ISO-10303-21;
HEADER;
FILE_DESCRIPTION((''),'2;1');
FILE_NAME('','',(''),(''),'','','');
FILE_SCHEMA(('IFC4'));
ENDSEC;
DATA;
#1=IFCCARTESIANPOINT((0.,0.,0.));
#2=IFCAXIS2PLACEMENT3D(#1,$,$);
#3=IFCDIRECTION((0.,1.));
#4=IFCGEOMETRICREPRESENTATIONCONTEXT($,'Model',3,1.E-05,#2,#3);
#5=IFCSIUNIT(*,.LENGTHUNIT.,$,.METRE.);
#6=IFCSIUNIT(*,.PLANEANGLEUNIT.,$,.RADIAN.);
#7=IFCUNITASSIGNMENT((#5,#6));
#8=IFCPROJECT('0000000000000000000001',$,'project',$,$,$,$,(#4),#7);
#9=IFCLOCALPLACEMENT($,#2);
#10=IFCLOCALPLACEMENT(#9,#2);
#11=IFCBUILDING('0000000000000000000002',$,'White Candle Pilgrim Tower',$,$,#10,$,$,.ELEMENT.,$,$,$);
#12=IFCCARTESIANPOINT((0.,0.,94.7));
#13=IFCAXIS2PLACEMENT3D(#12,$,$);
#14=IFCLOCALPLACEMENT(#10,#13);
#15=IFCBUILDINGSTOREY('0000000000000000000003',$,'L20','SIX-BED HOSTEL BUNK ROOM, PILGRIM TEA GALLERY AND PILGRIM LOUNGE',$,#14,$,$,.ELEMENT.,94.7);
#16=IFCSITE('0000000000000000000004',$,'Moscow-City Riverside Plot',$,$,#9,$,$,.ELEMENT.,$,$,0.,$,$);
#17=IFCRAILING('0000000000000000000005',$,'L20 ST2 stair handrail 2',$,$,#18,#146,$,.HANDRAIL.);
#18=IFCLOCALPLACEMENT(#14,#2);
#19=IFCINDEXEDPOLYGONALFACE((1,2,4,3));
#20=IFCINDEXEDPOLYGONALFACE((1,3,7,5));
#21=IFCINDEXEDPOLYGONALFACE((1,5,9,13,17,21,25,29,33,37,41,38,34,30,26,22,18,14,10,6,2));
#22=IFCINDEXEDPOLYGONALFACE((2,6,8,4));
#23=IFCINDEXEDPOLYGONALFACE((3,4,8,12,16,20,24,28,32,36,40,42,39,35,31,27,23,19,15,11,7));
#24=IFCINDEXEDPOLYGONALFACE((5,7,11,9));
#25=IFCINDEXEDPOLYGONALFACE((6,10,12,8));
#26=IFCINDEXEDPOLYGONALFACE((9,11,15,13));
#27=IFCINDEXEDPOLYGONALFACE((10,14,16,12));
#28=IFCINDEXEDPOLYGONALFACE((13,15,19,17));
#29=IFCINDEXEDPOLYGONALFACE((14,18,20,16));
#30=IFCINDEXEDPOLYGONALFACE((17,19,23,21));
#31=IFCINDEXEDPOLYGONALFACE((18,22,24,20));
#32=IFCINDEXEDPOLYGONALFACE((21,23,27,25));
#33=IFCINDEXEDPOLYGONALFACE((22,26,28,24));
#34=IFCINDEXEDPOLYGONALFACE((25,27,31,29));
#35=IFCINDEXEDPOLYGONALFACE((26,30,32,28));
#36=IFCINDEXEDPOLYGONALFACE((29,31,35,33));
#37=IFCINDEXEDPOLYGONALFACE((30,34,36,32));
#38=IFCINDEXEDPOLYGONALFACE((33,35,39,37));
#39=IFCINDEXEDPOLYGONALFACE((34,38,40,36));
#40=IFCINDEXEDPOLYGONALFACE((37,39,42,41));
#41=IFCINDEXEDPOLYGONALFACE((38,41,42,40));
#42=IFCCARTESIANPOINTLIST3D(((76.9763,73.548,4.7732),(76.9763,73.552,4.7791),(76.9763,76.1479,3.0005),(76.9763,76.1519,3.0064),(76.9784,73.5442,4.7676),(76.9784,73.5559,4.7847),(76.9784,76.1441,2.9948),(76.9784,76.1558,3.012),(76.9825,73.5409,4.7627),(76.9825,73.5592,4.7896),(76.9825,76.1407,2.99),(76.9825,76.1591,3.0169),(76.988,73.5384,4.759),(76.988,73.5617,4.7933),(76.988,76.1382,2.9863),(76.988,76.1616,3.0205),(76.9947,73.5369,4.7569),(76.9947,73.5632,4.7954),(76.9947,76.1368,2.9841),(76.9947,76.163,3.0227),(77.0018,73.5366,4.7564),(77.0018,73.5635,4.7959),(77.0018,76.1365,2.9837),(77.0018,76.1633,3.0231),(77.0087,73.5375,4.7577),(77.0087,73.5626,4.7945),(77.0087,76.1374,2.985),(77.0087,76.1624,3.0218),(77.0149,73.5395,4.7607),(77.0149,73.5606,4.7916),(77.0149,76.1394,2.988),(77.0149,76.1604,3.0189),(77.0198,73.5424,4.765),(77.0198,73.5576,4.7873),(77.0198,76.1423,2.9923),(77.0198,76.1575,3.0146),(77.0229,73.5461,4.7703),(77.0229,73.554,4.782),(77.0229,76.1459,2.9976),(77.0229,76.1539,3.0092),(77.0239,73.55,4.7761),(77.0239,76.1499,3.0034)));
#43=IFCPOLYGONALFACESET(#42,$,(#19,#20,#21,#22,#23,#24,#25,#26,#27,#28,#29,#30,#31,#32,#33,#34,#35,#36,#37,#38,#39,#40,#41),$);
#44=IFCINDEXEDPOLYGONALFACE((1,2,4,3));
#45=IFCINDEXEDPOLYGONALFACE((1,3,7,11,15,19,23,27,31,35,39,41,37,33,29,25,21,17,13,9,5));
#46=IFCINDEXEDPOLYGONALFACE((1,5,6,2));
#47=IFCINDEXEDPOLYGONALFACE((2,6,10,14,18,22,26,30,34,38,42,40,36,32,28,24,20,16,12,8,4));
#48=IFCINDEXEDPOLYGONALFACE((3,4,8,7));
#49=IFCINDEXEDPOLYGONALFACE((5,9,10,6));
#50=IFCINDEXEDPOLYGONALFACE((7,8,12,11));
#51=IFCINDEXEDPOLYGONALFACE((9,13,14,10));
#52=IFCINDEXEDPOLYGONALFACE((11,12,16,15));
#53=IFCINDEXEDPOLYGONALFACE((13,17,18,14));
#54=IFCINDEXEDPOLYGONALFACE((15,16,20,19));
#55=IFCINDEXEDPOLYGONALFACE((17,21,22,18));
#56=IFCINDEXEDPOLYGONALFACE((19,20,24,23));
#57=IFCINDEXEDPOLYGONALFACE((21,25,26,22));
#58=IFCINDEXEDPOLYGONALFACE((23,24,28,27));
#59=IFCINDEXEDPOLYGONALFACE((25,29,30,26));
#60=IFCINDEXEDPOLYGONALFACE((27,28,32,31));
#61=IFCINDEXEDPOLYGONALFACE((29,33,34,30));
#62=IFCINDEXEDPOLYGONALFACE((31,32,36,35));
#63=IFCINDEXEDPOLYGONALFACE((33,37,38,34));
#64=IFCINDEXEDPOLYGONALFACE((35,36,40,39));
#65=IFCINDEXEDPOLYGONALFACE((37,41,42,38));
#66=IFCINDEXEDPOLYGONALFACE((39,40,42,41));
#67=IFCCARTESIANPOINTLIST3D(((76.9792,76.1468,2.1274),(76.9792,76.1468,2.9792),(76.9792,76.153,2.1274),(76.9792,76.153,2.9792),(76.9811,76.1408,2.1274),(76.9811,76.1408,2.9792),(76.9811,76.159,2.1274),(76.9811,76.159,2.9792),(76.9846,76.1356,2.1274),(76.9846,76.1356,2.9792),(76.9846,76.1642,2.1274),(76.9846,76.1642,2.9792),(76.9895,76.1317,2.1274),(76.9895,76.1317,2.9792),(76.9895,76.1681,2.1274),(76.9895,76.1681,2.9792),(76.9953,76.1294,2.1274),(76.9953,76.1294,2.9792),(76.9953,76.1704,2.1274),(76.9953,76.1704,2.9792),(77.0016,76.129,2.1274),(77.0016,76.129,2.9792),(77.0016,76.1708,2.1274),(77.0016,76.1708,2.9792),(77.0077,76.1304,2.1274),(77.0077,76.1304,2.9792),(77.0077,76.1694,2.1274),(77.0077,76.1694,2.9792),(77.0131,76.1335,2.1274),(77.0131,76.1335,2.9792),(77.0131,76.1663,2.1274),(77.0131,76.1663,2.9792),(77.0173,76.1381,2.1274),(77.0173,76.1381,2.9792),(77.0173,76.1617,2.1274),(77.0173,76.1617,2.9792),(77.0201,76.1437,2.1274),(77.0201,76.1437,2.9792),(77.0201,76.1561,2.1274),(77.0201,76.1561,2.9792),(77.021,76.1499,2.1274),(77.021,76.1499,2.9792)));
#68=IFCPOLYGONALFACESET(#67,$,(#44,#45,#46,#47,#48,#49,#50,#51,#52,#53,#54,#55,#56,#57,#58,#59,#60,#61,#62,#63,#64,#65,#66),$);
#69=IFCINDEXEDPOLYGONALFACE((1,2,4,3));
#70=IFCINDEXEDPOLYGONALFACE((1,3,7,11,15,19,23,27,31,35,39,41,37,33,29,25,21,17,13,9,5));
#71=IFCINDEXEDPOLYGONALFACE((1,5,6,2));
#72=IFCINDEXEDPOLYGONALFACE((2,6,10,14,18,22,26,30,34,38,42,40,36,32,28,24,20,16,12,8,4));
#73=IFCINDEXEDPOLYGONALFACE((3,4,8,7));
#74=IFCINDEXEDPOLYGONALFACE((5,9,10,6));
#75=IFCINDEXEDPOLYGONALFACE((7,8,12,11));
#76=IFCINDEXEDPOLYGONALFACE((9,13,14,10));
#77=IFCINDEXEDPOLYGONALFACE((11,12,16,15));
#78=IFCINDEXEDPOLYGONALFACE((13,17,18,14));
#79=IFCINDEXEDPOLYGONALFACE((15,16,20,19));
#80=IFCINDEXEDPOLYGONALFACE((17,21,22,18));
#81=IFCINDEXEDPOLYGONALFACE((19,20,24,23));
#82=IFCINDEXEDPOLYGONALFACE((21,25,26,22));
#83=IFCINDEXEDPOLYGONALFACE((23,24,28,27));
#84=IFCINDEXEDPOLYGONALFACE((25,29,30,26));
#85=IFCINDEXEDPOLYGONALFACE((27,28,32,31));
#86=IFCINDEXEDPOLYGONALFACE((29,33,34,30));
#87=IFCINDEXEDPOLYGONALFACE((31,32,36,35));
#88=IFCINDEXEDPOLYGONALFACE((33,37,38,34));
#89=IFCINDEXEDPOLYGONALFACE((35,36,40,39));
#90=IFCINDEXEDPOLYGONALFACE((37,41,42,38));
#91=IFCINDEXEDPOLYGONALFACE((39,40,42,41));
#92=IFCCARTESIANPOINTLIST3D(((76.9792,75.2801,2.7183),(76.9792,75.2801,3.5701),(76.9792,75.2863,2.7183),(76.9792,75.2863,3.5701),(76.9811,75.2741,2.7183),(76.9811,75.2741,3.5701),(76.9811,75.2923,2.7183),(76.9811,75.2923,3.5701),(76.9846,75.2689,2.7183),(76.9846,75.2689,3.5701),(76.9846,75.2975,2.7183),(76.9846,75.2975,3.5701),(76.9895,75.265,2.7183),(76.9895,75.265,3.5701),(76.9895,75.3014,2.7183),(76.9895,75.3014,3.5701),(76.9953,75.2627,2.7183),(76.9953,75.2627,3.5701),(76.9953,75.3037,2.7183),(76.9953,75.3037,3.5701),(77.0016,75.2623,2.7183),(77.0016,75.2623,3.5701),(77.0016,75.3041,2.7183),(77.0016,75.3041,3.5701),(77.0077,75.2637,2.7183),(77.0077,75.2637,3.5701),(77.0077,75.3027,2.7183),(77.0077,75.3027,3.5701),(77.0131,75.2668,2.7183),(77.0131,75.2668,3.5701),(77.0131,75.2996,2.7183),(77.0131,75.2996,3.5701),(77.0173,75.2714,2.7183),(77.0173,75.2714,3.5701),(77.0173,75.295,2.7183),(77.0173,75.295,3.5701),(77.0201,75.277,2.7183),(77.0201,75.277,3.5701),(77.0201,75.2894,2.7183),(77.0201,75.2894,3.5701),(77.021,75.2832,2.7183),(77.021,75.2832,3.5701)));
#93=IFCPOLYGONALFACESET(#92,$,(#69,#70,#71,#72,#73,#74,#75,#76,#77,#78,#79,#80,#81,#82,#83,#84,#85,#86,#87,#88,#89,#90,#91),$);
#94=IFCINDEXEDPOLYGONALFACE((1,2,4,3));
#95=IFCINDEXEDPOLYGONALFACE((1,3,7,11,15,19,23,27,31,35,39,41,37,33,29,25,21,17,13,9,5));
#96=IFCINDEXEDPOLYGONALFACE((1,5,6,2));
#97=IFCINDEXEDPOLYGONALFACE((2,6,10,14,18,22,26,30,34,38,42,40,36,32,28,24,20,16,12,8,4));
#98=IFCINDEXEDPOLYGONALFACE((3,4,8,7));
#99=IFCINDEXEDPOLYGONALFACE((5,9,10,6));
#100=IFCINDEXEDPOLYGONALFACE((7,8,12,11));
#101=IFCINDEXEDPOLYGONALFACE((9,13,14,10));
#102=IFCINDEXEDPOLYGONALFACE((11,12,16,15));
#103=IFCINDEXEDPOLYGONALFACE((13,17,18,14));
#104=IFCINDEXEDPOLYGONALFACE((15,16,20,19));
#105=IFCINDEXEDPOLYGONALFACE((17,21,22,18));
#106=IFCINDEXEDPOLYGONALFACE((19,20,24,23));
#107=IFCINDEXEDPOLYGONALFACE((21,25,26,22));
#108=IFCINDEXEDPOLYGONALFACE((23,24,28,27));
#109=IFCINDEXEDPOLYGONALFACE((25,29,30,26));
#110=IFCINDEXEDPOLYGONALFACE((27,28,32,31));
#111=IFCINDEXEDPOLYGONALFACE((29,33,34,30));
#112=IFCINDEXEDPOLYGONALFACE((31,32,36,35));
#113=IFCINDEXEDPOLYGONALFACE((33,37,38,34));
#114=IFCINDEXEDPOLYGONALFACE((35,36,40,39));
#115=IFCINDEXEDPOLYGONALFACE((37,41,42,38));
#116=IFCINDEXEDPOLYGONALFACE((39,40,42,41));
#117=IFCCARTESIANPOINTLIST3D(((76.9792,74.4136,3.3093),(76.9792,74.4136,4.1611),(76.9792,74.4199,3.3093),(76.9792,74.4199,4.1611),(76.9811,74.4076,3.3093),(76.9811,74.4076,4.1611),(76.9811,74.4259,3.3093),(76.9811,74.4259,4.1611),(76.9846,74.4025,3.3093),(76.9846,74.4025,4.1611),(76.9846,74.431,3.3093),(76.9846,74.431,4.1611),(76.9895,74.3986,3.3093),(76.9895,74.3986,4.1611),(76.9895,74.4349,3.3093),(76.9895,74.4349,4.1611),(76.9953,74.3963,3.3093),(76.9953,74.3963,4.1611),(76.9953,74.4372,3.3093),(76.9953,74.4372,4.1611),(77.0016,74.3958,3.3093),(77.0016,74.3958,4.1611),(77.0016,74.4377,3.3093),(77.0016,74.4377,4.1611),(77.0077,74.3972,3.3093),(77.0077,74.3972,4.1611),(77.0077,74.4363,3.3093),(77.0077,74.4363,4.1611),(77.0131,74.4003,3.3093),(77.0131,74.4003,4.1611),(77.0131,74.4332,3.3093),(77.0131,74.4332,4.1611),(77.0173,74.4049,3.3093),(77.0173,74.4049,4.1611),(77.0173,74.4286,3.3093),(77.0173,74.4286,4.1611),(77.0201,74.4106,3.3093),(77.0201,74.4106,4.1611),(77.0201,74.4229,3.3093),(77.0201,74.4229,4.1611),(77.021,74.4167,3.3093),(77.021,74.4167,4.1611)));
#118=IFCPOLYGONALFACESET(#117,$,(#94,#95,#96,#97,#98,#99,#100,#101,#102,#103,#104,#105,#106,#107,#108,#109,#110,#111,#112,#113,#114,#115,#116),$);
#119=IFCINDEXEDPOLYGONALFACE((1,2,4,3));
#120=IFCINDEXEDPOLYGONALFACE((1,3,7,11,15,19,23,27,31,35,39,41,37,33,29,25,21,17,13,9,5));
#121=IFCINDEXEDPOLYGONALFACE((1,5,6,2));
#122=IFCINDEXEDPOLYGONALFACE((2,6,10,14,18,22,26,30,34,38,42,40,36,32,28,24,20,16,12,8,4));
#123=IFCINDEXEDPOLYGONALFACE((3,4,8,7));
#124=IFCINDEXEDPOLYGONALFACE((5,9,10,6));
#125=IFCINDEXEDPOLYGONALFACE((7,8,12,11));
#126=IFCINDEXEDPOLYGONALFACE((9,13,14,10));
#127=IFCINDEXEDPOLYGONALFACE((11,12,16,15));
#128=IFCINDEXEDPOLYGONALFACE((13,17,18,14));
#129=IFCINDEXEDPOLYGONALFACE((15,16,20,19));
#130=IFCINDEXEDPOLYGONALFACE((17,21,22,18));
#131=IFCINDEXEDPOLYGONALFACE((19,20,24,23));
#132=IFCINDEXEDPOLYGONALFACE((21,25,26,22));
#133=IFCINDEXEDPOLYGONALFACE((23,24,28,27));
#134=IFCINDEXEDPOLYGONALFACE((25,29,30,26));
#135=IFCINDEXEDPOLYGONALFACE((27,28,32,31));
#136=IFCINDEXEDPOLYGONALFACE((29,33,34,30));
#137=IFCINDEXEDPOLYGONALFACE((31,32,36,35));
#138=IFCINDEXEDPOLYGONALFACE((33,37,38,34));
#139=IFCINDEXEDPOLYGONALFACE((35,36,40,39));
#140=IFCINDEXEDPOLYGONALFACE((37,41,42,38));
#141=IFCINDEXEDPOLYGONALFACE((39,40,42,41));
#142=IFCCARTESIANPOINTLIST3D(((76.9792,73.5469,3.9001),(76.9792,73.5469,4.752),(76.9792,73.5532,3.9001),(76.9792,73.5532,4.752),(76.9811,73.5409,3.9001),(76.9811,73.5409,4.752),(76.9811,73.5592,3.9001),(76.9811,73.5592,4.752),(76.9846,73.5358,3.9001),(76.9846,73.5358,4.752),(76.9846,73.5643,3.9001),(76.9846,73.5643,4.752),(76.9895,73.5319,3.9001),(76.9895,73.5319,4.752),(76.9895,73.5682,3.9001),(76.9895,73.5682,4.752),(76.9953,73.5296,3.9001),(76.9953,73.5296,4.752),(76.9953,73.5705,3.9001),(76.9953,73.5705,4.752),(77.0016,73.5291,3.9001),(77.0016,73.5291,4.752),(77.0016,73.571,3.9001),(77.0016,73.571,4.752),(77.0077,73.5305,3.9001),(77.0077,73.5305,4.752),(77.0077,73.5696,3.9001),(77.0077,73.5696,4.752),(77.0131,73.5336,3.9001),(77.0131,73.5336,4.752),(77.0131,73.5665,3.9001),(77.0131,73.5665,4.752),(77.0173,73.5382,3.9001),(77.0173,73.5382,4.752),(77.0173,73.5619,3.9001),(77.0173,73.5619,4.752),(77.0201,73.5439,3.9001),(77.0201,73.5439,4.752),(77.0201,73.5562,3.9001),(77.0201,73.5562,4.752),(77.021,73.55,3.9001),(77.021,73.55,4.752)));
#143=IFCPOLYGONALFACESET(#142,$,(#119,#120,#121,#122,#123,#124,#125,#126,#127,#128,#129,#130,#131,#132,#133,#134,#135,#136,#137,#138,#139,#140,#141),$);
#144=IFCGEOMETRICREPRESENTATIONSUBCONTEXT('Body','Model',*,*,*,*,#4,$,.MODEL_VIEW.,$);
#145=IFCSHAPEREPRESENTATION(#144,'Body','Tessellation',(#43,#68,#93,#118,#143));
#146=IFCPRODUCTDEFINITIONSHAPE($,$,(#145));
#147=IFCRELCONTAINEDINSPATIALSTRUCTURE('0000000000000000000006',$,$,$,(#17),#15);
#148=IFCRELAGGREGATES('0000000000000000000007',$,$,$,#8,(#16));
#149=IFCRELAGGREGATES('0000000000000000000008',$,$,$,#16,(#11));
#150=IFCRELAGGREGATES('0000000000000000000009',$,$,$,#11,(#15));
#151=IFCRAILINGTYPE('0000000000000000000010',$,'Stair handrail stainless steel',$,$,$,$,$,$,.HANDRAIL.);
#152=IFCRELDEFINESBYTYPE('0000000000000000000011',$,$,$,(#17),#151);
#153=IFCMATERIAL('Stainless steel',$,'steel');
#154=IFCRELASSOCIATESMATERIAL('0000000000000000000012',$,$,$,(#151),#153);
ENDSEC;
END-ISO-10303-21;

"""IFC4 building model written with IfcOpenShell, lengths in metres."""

from ifc_helpers import new_model, si_unit, direction, frame, origin, origin_2d, place, context, subcontext, project, spatial, circle, extrude, material, type_object, element, save


model = new_model("IFC4")

# Units and contexts
model_context = context("Model", 3, precision=1e-05, world=origin(), true_north=direction((0.0, 1.0)))
body_context = subcontext(model_context, "Body", "Model", "MODEL_VIEW")
ifc_project = project(units=[si_unit("LENGTHUNIT", "METRE"), si_unit("PLANEANGLEUNIT", "RADIAN")], contexts=[model_context])

# Site, building, storey
site_placement = place(None, origin())
site = spatial("IfcSite", under=ifc_project, at=site_placement, Name="Moscow-City Riverside Plot", CompositionType="ELEMENT", RefElevation=0.0)
building_placement = place(site_placement, origin())
building = spatial("IfcBuilding", under=site, at=building_placement, Name="White Candle Pilgrim Tower", CompositionType="ELEMENT")
storey_placement = place(building_placement, frame((0.0, 0.0, 94.7)))
storey = spatial("IfcBuildingStorey", under=building, at=storey_placement, Name="L20", Description="SIX-BED HOSTEL BUNK ROOM, PILGRIM TEA GALLERY AND PILGRIM LOUNGE", CompositionType="ELEMENT", Elevation=94.7)

# Railing
ifc_material_1 = material(Name="Stainless steel", Category="steel")
railing_type_1 = type_object("IfcRailingType", Name="Stair handrail stainless steel", PredefinedType="HANDRAIL", material=ifc_material_1)
railing_1_placement = place(storey_placement, frame((77.0, 76.1499, 2.1274)))
element("IfcRailing", 1, at=railing_1_placement, inside=storey, type_object=railing_type_1, Name="L20 ST2 stair handrail 2", PredefinedType="HANDRAIL", context=body_context, shape_type="SweptSolid", body=[
    extrude(circle(Radius=0.0239, at=origin_2d()), frame((0.0, 0.0, 0.876), z_axis=(0.0, -0.826216, 0.563354), x_axis=(1.0, 0.0, 0.0)), (0.0, 0.0, 1.0), 3.1467),
    extrude(circle(Radius=0.021, at=origin_2d()), origin(), (0.0, 0.0, 1.0), 0.8518),
    extrude(circle(Radius=0.021, at=origin_2d()), frame((0.0, -0.8667, 0.5908)), (0.0, 0.0, 1.0), 0.8518),
    extrude(circle(Radius=0.021, at=origin_2d()), frame((0.0, -1.7332, 1.1819)), (0.0, 0.0, 1.0), 0.8518),
    extrude(circle(Radius=0.021, at=origin_2d()), frame((0.0, -2.5999, 1.7727)), (0.0, 0.0, 1.0), 0.8518),
])

save(model, "model.ifc")
